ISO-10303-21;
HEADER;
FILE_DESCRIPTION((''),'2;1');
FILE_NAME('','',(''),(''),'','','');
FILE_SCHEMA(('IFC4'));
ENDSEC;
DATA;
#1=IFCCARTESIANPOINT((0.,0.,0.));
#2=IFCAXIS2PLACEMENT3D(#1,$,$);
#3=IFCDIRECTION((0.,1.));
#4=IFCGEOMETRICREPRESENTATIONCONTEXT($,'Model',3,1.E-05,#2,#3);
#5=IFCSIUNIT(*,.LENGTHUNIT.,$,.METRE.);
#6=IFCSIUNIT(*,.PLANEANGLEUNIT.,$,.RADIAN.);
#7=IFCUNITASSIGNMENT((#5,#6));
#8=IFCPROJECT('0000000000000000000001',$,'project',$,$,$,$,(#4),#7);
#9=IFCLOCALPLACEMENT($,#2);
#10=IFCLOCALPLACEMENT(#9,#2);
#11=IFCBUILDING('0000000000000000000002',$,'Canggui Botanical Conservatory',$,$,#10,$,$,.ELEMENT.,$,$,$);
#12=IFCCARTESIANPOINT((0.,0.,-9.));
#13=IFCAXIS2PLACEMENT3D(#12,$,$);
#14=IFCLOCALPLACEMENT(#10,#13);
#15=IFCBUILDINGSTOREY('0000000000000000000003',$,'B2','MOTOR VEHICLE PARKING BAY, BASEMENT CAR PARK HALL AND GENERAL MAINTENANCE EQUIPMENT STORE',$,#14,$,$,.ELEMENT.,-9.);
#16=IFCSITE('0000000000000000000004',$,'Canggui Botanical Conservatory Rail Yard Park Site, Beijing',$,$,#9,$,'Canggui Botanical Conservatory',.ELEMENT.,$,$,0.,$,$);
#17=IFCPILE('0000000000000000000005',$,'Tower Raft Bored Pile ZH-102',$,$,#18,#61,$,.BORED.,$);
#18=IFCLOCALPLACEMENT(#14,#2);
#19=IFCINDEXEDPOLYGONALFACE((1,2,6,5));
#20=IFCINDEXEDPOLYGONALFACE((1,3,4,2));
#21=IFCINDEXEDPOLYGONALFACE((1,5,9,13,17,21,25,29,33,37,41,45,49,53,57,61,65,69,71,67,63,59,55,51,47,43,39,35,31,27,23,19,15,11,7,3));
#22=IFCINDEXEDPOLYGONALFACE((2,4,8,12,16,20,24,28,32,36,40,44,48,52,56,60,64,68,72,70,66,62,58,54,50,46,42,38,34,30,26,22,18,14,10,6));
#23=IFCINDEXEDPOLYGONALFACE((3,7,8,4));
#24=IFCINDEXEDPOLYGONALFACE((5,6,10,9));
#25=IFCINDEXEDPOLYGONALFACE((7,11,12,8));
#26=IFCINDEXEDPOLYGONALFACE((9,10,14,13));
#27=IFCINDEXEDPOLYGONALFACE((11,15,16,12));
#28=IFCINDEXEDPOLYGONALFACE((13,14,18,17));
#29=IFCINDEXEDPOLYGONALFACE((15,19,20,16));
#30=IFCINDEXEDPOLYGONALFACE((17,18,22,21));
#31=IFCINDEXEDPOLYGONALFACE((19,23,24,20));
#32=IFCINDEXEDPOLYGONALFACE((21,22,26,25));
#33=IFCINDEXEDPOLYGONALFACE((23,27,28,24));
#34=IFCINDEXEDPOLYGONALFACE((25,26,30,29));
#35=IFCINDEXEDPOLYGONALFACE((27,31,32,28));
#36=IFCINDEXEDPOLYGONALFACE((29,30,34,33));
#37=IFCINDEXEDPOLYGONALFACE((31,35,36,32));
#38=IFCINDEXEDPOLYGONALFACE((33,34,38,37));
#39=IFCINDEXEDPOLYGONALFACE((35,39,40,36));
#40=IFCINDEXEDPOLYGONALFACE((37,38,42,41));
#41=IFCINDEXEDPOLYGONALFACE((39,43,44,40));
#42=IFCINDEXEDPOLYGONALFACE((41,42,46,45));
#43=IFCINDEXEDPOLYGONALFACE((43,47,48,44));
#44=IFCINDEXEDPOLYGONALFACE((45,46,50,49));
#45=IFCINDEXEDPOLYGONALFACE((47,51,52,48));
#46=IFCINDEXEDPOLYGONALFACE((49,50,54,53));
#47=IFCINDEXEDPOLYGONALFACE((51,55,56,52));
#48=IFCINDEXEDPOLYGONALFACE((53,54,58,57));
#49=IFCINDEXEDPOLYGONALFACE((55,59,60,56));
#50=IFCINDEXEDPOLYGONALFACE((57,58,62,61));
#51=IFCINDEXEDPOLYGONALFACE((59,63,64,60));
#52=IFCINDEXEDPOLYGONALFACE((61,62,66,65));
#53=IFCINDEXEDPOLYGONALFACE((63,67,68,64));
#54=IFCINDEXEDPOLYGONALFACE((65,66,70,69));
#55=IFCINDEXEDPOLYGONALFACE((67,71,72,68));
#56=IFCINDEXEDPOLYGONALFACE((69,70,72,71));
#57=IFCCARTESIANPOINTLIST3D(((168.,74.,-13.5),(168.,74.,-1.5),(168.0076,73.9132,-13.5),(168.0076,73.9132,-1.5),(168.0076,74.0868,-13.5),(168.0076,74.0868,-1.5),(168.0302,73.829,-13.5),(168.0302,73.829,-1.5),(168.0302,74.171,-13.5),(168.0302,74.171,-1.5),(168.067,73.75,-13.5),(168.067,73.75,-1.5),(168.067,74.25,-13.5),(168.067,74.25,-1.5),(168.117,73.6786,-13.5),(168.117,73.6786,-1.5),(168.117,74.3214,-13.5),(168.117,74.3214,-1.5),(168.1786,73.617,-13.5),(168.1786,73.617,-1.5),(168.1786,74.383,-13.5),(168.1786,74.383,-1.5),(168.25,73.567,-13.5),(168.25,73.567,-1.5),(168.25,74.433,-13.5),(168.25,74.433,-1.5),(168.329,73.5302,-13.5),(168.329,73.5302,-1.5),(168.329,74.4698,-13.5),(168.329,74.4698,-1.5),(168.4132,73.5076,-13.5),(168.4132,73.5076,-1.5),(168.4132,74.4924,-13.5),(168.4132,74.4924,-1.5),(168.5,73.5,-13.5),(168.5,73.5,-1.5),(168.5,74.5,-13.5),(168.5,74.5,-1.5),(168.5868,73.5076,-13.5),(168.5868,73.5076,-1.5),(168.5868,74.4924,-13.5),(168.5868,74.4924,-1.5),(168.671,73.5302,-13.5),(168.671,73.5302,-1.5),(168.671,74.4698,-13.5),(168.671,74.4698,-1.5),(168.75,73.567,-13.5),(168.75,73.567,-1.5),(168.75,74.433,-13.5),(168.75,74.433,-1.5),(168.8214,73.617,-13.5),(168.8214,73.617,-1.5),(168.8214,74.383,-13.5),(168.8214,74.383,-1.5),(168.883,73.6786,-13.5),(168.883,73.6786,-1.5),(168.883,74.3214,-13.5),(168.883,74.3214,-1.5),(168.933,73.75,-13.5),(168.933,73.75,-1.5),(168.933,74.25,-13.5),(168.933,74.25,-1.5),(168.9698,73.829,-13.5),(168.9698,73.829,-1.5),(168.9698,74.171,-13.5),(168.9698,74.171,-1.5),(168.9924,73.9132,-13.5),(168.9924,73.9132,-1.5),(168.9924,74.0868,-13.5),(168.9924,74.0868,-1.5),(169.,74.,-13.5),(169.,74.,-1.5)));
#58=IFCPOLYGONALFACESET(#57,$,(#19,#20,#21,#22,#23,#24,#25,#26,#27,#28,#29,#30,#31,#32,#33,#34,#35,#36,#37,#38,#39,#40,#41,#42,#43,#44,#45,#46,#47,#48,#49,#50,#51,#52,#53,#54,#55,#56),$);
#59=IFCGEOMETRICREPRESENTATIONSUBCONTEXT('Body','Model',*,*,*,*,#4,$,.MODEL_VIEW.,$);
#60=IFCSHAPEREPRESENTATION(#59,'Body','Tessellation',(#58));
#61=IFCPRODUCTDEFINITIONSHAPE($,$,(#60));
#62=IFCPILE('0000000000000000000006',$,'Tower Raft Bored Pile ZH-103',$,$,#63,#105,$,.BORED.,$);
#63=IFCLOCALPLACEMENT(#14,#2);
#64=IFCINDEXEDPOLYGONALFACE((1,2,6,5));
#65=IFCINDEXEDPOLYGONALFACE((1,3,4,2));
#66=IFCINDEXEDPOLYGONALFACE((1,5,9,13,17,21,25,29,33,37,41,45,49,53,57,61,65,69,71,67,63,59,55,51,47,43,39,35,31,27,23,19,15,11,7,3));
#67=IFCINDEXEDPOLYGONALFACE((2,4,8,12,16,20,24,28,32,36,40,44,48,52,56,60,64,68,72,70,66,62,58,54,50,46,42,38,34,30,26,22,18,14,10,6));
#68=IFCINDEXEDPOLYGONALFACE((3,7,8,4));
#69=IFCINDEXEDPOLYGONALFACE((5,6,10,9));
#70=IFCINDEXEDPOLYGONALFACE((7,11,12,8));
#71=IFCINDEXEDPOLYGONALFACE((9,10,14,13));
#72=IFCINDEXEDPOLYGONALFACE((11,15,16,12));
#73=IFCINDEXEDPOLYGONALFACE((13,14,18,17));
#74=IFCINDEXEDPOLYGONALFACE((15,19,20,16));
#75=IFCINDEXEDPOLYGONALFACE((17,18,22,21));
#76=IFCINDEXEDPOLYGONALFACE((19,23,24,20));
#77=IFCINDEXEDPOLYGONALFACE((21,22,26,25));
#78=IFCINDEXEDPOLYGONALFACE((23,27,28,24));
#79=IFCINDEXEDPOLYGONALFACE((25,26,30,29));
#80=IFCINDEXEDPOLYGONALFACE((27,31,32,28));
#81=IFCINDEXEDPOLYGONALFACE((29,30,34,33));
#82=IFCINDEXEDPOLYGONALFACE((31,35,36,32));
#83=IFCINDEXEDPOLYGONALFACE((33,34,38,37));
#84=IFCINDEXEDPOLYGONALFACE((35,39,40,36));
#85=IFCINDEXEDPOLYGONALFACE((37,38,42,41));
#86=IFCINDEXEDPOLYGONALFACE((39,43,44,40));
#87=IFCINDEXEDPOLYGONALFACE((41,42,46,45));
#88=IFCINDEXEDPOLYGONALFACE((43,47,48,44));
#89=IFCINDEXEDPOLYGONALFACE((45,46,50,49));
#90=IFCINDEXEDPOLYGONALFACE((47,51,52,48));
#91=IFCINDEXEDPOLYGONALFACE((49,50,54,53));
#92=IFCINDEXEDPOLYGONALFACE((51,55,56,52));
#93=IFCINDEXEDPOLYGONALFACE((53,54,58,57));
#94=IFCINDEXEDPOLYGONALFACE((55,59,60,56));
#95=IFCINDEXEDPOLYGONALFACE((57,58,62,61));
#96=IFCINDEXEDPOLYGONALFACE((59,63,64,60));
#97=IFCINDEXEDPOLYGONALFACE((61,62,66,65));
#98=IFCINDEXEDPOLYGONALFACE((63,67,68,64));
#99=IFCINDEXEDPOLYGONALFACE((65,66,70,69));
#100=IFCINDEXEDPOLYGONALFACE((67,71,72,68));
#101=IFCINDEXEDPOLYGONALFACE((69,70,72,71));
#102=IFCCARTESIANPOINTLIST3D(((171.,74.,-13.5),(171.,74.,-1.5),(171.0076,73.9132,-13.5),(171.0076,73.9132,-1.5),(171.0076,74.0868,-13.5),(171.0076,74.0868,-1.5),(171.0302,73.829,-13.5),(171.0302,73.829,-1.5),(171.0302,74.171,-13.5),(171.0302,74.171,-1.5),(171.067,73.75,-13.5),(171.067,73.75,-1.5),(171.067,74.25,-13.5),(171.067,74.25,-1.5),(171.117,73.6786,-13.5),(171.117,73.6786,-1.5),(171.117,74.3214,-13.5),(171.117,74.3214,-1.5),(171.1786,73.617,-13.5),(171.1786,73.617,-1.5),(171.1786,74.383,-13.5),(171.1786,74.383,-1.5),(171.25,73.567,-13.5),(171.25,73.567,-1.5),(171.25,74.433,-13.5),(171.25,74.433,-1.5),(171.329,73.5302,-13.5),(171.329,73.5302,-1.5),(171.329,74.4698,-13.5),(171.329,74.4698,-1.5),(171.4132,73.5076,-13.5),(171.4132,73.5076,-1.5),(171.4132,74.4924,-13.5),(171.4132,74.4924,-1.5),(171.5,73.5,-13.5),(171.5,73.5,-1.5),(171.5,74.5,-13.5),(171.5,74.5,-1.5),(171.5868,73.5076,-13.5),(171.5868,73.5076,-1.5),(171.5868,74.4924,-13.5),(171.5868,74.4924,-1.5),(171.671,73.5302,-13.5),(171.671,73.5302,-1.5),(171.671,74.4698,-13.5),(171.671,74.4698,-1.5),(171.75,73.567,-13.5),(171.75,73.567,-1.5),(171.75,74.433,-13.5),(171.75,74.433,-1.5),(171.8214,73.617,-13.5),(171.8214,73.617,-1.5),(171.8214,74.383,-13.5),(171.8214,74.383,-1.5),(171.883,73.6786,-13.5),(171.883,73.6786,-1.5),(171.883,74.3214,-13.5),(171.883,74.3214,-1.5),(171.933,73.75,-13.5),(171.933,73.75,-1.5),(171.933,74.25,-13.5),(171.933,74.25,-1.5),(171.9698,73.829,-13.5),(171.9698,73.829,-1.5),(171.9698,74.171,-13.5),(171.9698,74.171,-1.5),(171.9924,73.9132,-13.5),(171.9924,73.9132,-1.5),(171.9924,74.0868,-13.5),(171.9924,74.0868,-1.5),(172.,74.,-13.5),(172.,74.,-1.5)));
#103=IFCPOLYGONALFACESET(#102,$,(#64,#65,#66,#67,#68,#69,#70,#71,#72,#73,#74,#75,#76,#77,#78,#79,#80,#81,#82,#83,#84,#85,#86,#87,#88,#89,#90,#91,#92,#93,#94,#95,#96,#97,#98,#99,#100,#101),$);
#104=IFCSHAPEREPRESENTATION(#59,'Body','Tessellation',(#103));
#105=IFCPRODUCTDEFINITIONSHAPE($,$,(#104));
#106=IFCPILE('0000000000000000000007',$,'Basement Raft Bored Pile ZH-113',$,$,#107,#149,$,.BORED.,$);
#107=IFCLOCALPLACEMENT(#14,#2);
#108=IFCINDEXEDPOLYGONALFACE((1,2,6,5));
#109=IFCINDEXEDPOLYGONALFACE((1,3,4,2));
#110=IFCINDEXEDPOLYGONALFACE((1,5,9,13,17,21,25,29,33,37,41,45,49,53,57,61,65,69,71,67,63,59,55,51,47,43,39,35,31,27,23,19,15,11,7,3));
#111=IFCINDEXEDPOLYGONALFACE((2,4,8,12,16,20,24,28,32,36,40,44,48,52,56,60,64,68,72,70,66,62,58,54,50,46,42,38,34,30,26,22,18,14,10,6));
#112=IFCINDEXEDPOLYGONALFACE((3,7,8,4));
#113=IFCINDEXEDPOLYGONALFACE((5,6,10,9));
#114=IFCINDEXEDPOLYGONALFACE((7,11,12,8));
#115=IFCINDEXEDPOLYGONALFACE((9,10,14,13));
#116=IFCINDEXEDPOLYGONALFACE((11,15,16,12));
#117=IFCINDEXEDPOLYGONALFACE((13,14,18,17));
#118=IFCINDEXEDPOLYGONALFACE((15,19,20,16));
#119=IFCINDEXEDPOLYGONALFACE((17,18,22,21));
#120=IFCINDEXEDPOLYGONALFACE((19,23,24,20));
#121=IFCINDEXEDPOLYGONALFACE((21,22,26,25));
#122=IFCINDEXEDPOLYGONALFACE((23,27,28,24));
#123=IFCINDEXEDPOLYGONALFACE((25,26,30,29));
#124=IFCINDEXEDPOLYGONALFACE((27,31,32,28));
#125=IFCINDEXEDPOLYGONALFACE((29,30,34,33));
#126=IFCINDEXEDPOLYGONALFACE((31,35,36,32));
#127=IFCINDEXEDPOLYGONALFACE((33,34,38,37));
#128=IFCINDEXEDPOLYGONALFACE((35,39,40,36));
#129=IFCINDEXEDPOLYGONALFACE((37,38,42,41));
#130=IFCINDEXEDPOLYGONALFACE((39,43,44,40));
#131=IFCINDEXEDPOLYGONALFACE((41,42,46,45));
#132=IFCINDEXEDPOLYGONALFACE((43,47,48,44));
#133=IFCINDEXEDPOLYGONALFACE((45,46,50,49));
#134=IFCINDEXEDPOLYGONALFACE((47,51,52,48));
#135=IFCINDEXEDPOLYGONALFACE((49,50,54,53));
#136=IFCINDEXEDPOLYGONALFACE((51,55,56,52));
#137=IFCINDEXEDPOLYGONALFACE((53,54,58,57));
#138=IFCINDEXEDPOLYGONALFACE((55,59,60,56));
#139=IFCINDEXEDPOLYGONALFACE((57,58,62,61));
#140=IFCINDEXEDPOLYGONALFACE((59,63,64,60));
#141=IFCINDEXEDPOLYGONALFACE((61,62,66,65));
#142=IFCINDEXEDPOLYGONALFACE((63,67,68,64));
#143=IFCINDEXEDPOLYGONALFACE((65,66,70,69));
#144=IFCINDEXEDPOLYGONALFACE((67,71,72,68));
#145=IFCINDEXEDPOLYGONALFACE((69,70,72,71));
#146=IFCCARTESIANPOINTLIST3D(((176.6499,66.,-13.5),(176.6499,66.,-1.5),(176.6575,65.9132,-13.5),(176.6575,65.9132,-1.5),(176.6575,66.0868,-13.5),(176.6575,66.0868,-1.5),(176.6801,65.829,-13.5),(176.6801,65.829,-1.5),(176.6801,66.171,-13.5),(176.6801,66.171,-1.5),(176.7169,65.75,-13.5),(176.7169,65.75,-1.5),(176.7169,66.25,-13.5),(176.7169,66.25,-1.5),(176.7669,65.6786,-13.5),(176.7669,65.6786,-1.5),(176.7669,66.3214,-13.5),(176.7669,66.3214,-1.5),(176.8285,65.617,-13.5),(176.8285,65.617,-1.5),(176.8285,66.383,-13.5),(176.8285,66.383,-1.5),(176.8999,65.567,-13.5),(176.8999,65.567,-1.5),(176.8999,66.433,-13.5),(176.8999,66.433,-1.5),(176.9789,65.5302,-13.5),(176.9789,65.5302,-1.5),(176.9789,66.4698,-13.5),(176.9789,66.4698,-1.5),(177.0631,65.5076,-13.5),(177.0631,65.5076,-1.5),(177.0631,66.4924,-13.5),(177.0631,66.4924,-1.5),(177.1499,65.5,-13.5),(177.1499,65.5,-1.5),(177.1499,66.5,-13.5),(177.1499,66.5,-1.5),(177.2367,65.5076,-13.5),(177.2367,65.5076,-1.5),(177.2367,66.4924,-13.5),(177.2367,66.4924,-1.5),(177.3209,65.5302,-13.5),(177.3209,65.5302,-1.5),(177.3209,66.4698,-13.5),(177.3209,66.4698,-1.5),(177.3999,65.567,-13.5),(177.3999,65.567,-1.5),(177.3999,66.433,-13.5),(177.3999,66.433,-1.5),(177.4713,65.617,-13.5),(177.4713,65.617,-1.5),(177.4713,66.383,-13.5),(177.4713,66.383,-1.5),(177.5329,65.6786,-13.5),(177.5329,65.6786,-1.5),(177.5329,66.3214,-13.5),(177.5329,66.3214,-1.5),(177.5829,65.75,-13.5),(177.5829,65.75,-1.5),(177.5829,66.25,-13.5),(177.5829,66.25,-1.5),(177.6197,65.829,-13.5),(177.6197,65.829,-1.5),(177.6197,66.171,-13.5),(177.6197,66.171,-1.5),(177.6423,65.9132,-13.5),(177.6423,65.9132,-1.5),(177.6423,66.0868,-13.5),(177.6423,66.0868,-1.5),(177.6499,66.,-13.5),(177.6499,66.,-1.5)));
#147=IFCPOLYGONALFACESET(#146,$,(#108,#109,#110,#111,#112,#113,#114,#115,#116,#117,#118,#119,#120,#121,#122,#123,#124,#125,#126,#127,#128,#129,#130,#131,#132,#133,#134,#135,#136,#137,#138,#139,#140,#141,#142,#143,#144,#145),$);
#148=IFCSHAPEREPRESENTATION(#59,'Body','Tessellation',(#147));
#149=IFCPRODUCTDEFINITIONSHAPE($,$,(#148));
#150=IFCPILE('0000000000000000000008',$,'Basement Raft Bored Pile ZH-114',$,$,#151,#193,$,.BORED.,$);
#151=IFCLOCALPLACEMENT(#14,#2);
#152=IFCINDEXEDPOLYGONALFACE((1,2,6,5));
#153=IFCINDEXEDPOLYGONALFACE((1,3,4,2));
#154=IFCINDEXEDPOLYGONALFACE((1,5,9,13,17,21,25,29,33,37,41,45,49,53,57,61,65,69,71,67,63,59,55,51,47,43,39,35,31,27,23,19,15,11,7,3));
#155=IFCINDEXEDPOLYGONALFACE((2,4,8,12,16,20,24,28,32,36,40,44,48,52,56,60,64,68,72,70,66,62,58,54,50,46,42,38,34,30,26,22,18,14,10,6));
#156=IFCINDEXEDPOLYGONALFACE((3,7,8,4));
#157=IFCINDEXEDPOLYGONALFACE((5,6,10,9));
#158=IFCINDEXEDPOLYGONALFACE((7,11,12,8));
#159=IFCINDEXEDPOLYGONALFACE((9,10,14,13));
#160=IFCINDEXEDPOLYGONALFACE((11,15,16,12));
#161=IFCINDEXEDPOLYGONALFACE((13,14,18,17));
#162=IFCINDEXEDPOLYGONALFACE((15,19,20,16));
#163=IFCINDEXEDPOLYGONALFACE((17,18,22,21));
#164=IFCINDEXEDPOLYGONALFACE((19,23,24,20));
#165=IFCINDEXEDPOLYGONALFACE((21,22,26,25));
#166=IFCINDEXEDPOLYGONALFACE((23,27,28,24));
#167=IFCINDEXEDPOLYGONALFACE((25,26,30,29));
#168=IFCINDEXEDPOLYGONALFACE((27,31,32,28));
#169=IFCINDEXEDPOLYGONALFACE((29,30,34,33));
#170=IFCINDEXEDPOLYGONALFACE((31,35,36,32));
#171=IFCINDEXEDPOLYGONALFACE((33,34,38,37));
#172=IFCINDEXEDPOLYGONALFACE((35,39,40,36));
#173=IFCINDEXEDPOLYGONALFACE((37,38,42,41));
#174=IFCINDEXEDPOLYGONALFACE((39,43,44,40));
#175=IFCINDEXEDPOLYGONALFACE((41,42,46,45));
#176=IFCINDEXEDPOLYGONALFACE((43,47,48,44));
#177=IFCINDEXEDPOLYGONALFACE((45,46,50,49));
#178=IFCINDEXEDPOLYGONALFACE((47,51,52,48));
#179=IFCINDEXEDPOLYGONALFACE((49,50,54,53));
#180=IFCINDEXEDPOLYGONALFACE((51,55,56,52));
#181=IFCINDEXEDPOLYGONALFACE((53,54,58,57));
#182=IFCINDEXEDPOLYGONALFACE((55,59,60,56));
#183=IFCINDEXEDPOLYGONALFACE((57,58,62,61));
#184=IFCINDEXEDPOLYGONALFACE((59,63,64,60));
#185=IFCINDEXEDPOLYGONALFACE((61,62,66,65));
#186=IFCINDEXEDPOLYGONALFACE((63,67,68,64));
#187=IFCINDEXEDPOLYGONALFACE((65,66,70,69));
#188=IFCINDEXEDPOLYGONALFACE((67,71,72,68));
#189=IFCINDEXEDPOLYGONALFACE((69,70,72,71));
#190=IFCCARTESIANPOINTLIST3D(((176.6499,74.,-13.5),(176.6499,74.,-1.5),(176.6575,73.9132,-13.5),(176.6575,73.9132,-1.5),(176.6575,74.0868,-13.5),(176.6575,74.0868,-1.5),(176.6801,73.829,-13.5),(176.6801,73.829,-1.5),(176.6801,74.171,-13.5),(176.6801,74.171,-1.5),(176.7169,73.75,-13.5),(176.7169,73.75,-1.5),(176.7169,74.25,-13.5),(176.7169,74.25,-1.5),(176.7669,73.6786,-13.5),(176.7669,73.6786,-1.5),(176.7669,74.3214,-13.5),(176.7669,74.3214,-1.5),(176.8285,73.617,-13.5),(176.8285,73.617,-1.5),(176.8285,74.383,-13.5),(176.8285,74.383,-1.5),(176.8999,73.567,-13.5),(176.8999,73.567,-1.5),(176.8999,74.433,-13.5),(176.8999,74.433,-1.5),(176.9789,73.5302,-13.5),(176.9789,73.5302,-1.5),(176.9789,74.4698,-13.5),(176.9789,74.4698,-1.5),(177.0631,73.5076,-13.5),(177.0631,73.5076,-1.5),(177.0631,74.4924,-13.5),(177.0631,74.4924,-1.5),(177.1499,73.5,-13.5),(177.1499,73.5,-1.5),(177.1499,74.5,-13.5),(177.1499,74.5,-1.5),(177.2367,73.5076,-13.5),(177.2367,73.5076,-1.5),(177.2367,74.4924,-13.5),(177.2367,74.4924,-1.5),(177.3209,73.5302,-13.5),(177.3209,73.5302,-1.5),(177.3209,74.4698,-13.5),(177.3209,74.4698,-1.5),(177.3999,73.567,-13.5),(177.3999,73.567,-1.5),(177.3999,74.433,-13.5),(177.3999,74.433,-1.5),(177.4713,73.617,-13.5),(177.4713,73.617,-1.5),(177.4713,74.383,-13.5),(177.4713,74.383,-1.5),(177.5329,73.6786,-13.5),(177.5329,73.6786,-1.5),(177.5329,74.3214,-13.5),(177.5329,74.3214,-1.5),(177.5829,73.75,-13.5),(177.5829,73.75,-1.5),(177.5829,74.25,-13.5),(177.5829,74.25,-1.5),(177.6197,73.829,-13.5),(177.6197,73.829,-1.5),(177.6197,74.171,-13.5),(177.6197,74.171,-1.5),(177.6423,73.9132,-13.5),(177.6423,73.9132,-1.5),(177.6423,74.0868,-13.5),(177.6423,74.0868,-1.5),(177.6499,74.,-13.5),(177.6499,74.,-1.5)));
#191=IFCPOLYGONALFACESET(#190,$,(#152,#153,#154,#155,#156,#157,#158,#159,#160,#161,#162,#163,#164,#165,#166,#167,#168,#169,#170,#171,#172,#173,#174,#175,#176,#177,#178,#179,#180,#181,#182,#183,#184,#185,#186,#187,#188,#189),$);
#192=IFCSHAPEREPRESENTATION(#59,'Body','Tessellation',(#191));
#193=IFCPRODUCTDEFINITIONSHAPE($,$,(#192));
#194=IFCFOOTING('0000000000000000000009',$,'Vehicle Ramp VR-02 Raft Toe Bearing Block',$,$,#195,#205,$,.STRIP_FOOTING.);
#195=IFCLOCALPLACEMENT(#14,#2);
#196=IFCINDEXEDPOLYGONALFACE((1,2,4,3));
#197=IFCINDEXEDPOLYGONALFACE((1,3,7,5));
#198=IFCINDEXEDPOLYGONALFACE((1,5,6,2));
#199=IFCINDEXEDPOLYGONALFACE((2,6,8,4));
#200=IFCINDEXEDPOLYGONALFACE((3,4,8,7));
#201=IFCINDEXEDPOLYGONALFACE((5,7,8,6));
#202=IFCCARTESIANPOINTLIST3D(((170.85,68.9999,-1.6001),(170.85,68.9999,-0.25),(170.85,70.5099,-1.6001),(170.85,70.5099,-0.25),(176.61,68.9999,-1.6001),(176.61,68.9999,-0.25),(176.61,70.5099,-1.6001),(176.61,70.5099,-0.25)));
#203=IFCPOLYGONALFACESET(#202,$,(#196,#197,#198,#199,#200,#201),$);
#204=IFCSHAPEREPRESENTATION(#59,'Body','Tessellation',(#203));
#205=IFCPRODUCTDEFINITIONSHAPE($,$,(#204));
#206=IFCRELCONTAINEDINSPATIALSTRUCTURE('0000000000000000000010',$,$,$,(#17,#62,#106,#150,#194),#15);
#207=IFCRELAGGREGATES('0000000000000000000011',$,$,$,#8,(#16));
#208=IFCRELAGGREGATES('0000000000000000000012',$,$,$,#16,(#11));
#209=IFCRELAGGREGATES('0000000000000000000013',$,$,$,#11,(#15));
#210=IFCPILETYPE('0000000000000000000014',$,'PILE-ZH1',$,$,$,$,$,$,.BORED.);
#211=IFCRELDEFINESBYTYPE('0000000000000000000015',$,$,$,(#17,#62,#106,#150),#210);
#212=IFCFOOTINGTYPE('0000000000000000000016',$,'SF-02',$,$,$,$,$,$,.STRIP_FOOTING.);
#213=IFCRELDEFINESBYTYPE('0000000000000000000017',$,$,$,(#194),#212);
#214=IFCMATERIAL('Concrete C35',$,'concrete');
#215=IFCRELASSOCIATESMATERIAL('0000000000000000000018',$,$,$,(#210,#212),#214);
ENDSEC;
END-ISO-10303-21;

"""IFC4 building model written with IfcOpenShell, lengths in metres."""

from ifc_helpers import new_model, si_unit, direction, frame, origin, origin_2d, place, context, subcontext, project, spatial, rectangle, circle, extrude, material, material_profile, profile_set, type_object, element, save


model = new_model("IFC4")

# Units and contexts
model_context = context("Model", 3, precision=1e-05, world=origin(), true_north=direction((0.0, 1.0)))
body_context = subcontext(model_context, "Body", "Model", "MODEL_VIEW")
ifc_project = project(units=[si_unit("LENGTHUNIT", "METRE"), si_unit("PLANEANGLEUNIT", "RADIAN")], contexts=[model_context])

# Site, building, storey
site_placement = place(None, origin())
site = spatial("IfcSite", under=ifc_project, at=site_placement, Name="Canggui Botanical Conservatory Rail Yard Park Site, Beijing", LongName="Canggui Botanical Conservatory", CompositionType="ELEMENT", RefElevation=0.0)
building_placement = place(site_placement, origin())
building = spatial("IfcBuilding", under=site, at=building_placement, Name="Canggui Botanical Conservatory", CompositionType="ELEMENT")
storey_placement = place(building_placement, frame((0.0, 0.0, -9.0)))
storey = spatial("IfcBuildingStorey", under=building, at=storey_placement, Name="B2", Description="MOTOR VEHICLE PARKING BAY, BASEMENT CAR PARK HALL AND GENERAL MAINTENANCE EQUIPMENT STORE", CompositionType="ELEMENT", Elevation=-9.0)

# Piles
ifc_material_1 = material(Name="Concrete C35", Category="concrete")
ifc_material_profile_1 = material_profile(ifc_material_1, circle(Radius=0.5, at=origin_2d()), Name="PILE D1000")
ifc_profile_set_1 = profile_set([ifc_material_profile_1], Name="Concrete C35")
pile_type = type_object("IfcPileType", Name="PILE-ZH1", PredefinedType="BORED", material=ifc_profile_set_1)
for number, where, z_axis, x_axis, name in (
    (1, (168.5, 74.0, -1.5), (0.0, 0.0, -1.0), (1.0, 0.0, 0.0), "Tower Raft Bored Pile ZH-102"),
    (2, (171.5, 74.0, -1.5), (0.0, 0.0, -1.0), (1.0, 0.0, 0.0), "Tower Raft Bored Pile ZH-103"),
    (3, (177.1499, 66.0, -1.5), (0.0, 0.0, -1.0), (1.0, 0.0, 0.0), "Basement Raft Bored Pile ZH-113"),
    (4, (177.1499, 74.0, -1.5), (0.0, 0.0, -1.0), (1.0, 0.0, 0.0), "Basement Raft Bored Pile ZH-114"),
):
    element("IfcPile", number, at=place(storey_placement, frame(where, z_axis=z_axis, x_axis=x_axis)), inside=storey, type_object=pile_type, Name=name, PredefinedType="BORED", context=body_context, shape_type="SweptSolid", body=[
        extrude(circle(Radius=0.5, at=origin_2d()), origin(), (0.0, 0.0, 1.0), 12.0),
    ])

# Footing
footing_type = type_object("IfcFootingType", Name="SF-02", PredefinedType="STRIP_FOOTING", material=ifc_material_1)
footing_placement = place(storey_placement, frame((173.73, 69.7549, -1.6001), z_axis=(0.0, 0.0, 1.0), x_axis=(1.0, 0.0, 0.0)))
element("IfcFooting", 5, at=footing_placement, inside=storey, type_object=footing_type, Name="Vehicle Ramp VR-02 Raft Toe Bearing Block", PredefinedType="STRIP_FOOTING", context=body_context, shape_type="SweptSolid", body=[
    extrude(rectangle(XDim=5.76, YDim=1.51, at=origin_2d()), origin(), (0.0, 0.0, 1.0), 1.3501),
])

save(model, "model.ifc")
